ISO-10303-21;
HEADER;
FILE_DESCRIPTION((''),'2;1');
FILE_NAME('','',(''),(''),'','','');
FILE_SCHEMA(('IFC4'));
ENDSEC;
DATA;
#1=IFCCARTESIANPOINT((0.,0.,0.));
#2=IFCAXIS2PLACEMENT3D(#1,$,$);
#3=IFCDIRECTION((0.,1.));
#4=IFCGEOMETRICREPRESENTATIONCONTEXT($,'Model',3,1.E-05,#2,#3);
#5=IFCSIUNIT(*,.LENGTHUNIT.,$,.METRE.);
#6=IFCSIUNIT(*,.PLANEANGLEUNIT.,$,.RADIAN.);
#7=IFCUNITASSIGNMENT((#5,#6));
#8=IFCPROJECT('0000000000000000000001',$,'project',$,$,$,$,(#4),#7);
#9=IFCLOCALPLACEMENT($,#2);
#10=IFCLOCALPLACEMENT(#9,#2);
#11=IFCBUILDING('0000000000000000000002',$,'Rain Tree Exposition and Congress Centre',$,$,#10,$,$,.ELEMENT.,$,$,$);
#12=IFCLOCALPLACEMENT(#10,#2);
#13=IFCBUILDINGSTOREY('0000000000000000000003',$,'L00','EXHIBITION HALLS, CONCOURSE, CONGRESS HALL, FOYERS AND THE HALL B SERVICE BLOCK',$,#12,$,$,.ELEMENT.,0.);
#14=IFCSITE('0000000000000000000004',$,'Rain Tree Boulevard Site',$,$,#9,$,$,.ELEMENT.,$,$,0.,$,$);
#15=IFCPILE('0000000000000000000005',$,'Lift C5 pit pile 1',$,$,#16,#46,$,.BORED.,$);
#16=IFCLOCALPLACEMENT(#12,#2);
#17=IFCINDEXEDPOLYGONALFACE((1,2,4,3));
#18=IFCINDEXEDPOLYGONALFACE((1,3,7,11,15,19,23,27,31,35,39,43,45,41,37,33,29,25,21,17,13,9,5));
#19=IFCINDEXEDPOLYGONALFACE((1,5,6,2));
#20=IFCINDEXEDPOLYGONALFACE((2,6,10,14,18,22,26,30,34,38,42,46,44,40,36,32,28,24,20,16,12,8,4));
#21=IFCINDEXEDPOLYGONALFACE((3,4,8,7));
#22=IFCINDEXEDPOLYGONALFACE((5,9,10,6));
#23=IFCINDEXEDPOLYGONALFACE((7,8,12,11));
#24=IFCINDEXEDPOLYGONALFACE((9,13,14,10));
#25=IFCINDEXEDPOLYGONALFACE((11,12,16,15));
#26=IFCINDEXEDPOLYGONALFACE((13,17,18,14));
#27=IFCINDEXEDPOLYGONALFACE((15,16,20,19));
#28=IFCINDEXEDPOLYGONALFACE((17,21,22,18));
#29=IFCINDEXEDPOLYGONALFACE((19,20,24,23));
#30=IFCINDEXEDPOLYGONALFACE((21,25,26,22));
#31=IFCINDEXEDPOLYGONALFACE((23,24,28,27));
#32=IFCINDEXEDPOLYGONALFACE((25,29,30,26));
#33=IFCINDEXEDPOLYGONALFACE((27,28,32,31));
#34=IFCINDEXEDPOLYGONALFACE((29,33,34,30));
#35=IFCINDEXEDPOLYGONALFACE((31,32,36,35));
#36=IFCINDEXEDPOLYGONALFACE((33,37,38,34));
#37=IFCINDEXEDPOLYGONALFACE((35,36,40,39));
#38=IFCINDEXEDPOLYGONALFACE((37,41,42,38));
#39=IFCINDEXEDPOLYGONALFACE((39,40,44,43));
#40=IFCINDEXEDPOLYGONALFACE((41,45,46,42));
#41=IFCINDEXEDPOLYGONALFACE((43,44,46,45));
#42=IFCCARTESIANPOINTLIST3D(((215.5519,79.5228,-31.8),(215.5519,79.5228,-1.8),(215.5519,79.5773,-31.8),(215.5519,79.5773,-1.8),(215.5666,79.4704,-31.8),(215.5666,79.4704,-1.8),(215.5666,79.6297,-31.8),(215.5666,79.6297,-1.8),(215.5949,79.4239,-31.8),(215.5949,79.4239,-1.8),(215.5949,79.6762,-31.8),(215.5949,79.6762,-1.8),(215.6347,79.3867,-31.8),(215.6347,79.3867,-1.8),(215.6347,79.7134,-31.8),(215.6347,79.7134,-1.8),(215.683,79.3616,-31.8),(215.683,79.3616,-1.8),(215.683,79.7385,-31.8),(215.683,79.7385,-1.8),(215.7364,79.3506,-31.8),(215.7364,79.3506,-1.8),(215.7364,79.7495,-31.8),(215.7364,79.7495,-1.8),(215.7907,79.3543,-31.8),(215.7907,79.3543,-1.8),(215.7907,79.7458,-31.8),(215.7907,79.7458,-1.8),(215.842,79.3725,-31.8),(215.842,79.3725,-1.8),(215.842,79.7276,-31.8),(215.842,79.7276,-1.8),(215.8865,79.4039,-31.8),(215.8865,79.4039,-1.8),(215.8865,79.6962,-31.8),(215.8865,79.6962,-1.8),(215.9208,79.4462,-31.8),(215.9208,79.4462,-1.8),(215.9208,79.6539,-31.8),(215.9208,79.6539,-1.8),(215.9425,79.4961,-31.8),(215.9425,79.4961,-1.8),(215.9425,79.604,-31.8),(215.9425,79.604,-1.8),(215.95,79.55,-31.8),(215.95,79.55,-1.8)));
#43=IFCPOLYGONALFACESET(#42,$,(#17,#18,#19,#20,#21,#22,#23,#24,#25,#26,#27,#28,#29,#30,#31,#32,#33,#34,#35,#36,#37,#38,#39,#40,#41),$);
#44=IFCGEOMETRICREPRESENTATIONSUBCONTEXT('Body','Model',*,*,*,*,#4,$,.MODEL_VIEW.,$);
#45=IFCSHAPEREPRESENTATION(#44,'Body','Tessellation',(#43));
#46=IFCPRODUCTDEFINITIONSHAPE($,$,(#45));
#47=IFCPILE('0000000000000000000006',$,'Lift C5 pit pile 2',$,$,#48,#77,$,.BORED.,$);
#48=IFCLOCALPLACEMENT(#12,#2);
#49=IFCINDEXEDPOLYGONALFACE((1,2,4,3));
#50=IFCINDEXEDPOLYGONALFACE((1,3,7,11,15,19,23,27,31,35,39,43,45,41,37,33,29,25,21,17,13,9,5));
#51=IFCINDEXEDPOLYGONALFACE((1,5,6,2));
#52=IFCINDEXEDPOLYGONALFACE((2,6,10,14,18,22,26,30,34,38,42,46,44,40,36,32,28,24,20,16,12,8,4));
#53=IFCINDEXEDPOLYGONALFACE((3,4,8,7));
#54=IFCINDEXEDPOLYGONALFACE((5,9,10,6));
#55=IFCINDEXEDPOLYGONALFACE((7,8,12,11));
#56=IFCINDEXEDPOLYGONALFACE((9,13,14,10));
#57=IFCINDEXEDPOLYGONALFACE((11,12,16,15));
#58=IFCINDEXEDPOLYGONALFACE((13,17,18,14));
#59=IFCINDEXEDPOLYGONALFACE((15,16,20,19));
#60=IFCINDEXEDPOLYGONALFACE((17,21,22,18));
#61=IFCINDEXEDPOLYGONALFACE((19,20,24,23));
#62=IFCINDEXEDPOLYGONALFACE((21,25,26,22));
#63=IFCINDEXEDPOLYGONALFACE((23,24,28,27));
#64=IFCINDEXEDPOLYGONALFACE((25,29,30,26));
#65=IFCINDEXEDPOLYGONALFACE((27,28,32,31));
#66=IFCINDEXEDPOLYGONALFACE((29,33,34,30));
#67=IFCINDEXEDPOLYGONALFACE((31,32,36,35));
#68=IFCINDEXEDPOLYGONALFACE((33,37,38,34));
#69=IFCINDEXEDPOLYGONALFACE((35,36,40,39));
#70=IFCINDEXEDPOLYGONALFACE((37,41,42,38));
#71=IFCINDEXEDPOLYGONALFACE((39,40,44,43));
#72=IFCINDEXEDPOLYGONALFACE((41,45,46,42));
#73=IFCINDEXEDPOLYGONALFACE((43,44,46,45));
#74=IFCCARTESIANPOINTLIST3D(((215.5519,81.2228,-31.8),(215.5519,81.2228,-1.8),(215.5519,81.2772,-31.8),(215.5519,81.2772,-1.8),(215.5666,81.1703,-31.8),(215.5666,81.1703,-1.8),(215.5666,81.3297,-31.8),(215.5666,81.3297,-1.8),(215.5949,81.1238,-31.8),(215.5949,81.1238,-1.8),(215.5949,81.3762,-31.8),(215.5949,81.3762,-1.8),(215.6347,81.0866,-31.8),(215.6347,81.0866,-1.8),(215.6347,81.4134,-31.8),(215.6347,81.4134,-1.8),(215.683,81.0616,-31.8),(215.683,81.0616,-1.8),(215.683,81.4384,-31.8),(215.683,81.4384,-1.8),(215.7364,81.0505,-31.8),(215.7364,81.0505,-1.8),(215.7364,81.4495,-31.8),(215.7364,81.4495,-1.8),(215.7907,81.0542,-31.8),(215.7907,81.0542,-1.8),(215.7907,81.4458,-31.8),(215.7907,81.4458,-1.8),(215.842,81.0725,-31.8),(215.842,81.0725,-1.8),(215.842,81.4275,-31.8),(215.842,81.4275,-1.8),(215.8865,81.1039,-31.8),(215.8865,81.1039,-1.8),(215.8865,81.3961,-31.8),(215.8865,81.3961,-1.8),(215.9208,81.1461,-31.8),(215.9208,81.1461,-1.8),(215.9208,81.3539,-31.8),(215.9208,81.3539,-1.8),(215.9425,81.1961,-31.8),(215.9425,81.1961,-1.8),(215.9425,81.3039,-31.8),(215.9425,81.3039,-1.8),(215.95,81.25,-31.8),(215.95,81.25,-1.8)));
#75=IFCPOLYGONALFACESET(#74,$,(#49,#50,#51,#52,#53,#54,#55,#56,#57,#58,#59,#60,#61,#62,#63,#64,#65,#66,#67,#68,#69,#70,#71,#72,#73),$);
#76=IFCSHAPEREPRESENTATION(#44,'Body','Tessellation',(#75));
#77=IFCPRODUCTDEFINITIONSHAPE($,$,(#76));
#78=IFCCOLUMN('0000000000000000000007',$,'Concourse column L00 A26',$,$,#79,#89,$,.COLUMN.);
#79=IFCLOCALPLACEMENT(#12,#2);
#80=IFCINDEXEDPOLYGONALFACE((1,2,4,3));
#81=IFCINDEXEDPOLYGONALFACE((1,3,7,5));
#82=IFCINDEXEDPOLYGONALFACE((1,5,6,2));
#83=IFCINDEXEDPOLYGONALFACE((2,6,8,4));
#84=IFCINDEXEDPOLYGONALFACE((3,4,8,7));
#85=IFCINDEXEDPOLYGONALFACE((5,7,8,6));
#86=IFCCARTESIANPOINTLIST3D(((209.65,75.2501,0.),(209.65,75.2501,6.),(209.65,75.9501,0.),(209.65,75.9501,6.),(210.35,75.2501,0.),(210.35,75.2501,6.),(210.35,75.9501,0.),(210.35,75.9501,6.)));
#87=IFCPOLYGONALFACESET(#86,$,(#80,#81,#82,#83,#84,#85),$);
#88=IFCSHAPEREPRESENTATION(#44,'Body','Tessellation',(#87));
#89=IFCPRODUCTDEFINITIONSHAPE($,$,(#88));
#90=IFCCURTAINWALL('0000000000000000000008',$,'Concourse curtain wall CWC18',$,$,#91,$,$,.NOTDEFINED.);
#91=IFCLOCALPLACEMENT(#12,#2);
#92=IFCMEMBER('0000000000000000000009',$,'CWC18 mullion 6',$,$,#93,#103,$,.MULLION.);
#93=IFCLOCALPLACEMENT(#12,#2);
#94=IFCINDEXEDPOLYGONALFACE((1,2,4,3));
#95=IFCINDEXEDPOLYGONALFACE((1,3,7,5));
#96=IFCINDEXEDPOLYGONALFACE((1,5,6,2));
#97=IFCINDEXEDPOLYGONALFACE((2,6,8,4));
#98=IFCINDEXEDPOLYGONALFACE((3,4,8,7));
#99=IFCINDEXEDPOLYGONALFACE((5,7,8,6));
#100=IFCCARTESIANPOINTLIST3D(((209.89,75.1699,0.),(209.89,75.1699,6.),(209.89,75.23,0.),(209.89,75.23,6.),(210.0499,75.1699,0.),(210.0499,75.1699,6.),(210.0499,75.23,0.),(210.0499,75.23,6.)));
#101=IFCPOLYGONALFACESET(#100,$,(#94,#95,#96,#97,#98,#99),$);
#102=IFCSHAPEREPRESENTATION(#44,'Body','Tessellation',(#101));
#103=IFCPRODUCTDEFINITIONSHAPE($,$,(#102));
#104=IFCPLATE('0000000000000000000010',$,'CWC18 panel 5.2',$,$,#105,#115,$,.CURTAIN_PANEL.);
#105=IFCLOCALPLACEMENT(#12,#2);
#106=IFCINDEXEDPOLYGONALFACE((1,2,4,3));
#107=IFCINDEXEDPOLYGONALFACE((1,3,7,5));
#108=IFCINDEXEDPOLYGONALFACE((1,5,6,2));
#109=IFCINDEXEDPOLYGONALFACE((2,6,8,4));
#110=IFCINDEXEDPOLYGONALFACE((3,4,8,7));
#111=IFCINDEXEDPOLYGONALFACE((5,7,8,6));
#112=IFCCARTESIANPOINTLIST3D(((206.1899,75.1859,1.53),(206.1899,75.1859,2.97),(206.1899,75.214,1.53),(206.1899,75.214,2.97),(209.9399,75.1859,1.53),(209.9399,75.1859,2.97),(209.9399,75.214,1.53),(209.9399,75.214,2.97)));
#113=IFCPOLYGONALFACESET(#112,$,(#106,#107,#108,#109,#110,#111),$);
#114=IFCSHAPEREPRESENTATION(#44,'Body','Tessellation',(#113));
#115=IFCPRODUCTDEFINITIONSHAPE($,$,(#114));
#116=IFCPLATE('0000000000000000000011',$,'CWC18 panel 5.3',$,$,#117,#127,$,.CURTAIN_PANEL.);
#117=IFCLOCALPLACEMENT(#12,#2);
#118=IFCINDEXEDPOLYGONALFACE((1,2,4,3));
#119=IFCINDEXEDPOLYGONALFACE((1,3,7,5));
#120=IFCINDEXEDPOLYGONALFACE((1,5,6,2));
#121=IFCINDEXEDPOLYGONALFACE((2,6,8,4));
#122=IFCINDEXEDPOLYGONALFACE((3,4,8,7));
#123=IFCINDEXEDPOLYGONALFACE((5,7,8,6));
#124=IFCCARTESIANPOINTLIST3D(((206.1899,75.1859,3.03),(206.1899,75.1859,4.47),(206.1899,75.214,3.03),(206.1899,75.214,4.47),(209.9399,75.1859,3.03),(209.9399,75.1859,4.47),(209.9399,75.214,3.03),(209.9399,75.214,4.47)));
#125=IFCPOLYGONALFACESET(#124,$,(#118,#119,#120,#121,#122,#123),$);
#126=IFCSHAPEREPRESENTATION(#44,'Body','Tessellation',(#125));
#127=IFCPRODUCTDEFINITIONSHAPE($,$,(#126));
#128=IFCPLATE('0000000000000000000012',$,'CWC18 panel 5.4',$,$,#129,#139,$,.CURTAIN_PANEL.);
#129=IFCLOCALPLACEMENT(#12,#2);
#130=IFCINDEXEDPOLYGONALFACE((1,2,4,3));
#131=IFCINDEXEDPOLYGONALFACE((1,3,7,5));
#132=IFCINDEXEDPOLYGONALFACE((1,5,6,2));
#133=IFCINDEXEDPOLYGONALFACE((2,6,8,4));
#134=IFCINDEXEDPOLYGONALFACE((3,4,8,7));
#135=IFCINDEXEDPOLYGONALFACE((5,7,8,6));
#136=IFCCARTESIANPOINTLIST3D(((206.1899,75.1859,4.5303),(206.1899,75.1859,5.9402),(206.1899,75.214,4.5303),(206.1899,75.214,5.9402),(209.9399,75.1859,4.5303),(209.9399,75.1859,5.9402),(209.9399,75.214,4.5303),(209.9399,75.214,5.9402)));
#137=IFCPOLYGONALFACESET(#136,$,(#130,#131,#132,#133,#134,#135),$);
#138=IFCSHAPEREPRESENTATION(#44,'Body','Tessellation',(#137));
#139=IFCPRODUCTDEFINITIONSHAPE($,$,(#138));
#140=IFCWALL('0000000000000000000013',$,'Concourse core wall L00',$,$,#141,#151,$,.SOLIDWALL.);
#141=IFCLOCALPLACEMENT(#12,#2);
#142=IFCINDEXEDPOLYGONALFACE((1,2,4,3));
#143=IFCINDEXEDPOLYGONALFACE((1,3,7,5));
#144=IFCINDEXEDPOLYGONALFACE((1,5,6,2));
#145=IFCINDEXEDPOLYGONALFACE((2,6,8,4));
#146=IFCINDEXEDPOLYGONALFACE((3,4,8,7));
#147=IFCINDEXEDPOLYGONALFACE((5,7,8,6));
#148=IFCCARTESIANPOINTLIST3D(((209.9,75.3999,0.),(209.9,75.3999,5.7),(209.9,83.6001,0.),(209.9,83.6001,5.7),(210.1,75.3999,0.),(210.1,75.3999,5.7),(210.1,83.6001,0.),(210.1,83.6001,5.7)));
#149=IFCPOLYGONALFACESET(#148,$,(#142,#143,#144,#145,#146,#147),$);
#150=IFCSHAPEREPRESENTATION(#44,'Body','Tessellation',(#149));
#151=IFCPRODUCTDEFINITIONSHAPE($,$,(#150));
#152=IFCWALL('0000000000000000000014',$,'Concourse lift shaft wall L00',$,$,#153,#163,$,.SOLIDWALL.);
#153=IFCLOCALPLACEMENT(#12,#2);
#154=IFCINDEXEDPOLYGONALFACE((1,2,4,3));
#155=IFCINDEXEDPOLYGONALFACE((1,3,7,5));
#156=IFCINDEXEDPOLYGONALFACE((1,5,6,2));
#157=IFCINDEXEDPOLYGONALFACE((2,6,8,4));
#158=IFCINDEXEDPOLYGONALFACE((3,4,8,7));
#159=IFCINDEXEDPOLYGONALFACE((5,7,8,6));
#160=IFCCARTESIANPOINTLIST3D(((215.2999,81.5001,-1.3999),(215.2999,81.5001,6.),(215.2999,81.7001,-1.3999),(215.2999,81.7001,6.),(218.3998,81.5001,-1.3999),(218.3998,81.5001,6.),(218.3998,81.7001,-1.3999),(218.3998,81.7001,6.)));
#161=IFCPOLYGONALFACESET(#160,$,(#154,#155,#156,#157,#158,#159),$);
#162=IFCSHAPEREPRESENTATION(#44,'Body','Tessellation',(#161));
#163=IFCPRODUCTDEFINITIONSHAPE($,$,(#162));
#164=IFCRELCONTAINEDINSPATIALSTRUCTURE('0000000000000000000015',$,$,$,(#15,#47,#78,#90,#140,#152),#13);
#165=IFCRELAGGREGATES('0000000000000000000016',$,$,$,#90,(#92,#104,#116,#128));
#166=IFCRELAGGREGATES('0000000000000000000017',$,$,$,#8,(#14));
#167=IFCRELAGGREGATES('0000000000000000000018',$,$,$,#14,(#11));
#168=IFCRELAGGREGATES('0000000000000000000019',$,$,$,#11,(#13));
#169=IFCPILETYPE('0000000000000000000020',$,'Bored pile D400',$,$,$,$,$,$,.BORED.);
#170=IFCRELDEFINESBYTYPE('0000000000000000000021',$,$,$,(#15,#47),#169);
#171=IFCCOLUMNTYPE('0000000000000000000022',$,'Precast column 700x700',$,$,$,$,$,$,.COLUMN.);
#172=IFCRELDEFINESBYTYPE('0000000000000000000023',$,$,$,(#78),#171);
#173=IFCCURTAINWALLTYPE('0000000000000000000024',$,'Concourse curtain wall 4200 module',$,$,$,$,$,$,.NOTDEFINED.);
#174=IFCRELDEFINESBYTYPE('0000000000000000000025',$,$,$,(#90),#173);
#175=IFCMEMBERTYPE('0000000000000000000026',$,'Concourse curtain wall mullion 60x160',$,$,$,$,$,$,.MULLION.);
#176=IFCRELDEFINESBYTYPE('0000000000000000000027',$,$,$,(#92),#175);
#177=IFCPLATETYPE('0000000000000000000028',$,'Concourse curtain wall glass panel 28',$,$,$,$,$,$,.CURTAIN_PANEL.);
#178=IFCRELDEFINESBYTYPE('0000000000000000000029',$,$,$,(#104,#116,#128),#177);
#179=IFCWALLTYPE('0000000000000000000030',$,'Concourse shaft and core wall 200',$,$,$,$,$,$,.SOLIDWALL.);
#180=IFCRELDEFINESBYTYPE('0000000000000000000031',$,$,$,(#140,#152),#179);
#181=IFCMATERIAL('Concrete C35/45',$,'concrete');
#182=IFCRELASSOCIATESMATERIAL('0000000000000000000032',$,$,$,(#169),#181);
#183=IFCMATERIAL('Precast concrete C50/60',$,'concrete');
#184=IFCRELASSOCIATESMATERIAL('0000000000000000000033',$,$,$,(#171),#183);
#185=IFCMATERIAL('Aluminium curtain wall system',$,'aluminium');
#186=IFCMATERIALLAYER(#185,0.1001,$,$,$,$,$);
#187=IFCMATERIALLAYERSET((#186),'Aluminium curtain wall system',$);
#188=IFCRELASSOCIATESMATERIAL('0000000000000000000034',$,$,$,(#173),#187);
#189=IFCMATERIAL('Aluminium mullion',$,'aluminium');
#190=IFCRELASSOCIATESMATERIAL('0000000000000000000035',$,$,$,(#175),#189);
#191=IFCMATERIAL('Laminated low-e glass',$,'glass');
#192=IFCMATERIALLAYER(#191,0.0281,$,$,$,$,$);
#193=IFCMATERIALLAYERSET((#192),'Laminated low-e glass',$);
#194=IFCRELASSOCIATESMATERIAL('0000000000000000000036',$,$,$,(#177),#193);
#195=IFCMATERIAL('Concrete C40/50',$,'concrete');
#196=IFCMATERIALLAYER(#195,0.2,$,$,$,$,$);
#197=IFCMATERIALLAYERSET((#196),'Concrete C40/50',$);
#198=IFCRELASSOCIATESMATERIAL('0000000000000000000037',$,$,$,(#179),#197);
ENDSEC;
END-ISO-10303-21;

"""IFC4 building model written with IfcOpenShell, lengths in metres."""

from ifc_helpers import new_model, si_unit, direction, frame, frame_2d, origin, origin_2d, place, context, subcontext, project, spatial, rectangle, circle, extrude, material, layer, layer_set, material_profile, profile_set, type_object, element, aggregate, save


model = new_model("IFC4")

# Units and contexts
model_context = context("Model", 3, precision=1e-05, world=origin(), true_north=direction((0.0, 1.0)))
body_context = subcontext(model_context, "Body", "Model", "MODEL_VIEW")
ifc_project = project(units=[si_unit("LENGTHUNIT", "METRE"), si_unit("PLANEANGLEUNIT", "RADIAN")], contexts=[model_context])

# Site, building, storey
site_placement = place(None, origin())
site = spatial("IfcSite", under=ifc_project, at=site_placement, Name="Rain Tree Boulevard Site", CompositionType="ELEMENT", RefElevation=0.0)
building_placement = place(site_placement, origin())
building = spatial("IfcBuilding", under=site, at=building_placement, Name="Rain Tree Exposition and Congress Centre", CompositionType="ELEMENT")
storey_placement = place(building_placement, origin())
storey = spatial("IfcBuildingStorey", under=building, at=storey_placement, Name="L00", Description="EXHIBITION HALLS, CONCOURSE, CONGRESS HALL, FOYERS AND THE HALL B SERVICE BLOCK", CompositionType="ELEMENT", Elevation=0.0)

# Piles
ifc_material_1 = material(Name="Concrete C35/45", Category="concrete")
ifc_material_profile_1 = material_profile(ifc_material_1, circle(Radius=0.2, at=origin_2d()), Name="D400")
ifc_profile_set_1 = profile_set([ifc_material_profile_1], Name="Concrete C35/45")
pile_type = type_object("IfcPileType", Name="Bored pile D400", PredefinedType="BORED", material=ifc_profile_set_1)
for number, where, z_axis, x_axis, name in (
    (1, (215.75, 79.55, -1.8), (0.0, 0.0, -1.0), (1.0, 0.0, 0.0), "Lift C5 pit pile 1"),
    (2, (215.75, 81.25, -1.8), (0.0, 0.0, -1.0), (1.0, 0.0, 0.0), "Lift C5 pit pile 2"),
):
    element("IfcPile", number, at=place(storey_placement, frame(where, z_axis=z_axis, x_axis=x_axis)), inside=storey, type_object=pile_type, Name=name, PredefinedType="BORED", context=body_context, shape_type="SweptSolid", body=[
        extrude(circle(Radius=0.2, at=origin_2d()), origin(), (0.0, 0.0, 1.0), 30.0),
    ])

# Column
ifc_material_2 = material(Name="Precast concrete C50/60", Category="concrete")
ifc_material_profile_2 = material_profile(ifc_material_2, rectangle(XDim=0.7, YDim=0.7, at=origin_2d()), Name="RC 700x700")
ifc_profile_set_2 = profile_set([ifc_material_profile_2], Name="Precast concrete C50/60")
column_type = type_object("IfcColumnType", Name="Precast column 700x700", PredefinedType="COLUMN", material=ifc_profile_set_2)
column_placement = place(storey_placement, frame((210.0, 75.6001, 0.0), z_axis=(0.0, 0.0, 1.0), x_axis=(1.0, 0.0, 0.0)))
element("IfcColumn", 3, at=column_placement, inside=storey, type_object=column_type, Name="Concourse column L00 A26", PredefinedType="COLUMN", context=body_context, shape_type="SweptSolid", body=[
    extrude(rectangle(XDim=0.7, YDim=0.7, at=origin_2d()), origin(), (0.0, 0.0, 1.0), 6.0),
])

# Curtain wall, member, plates
ifc_material_3 = material(Name="Aluminium curtain wall system", Category="aluminium")
ifc_layer_1 = layer(ifc_material_3, 0.1001)
ifc_layer_set_1 = layer_set([ifc_layer_1], Name="Aluminium curtain wall system")
curtain_wall_type = type_object("IfcCurtainWallType", Name="Concourse curtain wall 4200 module", PredefinedType="NOTDEFINED", material=ifc_layer_set_1)
curtain_wall_placement = place(storey_placement, origin())
curtain_wall = element("IfcCurtainWall", 4, at=curtain_wall_placement, inside=storey, type_object=curtain_wall_type, Name="Concourse curtain wall CWC18", PredefinedType="NOTDEFINED")
ifc_material_4 = material(Name="Aluminium mullion", Category="aluminium")
ifc_material_profile_3 = material_profile(ifc_material_4, rectangle(XDim=0.0601, YDim=0.1599, at=origin_2d()), Name="AL 60x160")
ifc_profile_set_3 = profile_set([ifc_material_profile_3], Name="Aluminium mullion")
member_type = type_object("IfcMemberType", Name="Concourse curtain wall mullion 60x160", PredefinedType="MULLION", material=ifc_profile_set_3)
member_placement = place(storey_placement, frame((209.97, 75.2, 0.0), z_axis=(0.0, 0.0, 1.0), x_axis=(0.0, 1.0, 0.0)))
member = element("IfcMember", 5, at=member_placement, type_object=member_type, Name="CWC18 mullion 6", PredefinedType="MULLION", context=body_context, shape_type="SweptSolid", body=[
    extrude(rectangle(XDim=0.0601, YDim=0.1599, at=origin_2d()), origin(), (0.0, 0.0, 1.0), 6.0),
])
ifc_material_5 = material(Name="Laminated low-e glass", Category="glass")
ifc_layer_2 = layer(ifc_material_5, 0.0281)
ifc_layer_set_2 = layer_set([ifc_layer_2], Name="Laminated low-e glass")
plate_type = type_object("IfcPlateType", Name="Concourse curtain wall glass panel 28", PredefinedType="CURTAIN_PANEL", material=ifc_layer_set_2)
plate_1_placement = place(storey_placement, frame((208.0649, 75.2, 1.53), z_axis=(0.0, 0.0, 1.0), x_axis=(1.0, 0.0, 0.0)))
plate_1 = element("IfcPlate", 6, at=plate_1_placement, type_object=plate_type, Name="CWC18 panel 5.2", PredefinedType="CURTAIN_PANEL", context=body_context, shape_type="SweptSolid", body=[
    extrude(rectangle(XDim=3.75, YDim=0.0281, at=origin_2d()), origin(), (0.0, 0.0, 1.0), 1.4399),
])
plate_2_placement = place(storey_placement, frame((208.0649, 75.2, 3.03), z_axis=(0.0, 0.0, 1.0), x_axis=(1.0, 0.0, 0.0)))
plate_2 = element("IfcPlate", 7, at=plate_2_placement, type_object=plate_type, Name="CWC18 panel 5.3", PredefinedType="CURTAIN_PANEL", context=body_context, shape_type="SweptSolid", body=[
    extrude(rectangle(XDim=3.75, YDim=0.0281, at=origin_2d()), origin(), (0.0, 0.0, 1.0), 1.4399),
])
plate_3_placement = place(storey_placement, frame((208.0649, 75.2, 4.5303), z_axis=(0.0, 0.0, 1.0), x_axis=(1.0, 0.0, 0.0)))
plate_3 = element("IfcPlate", 8, at=plate_3_placement, type_object=plate_type, Name="CWC18 panel 5.4", PredefinedType="CURTAIN_PANEL", context=body_context, shape_type="SweptSolid", body=[
    extrude(rectangle(XDim=3.75, YDim=0.0281, at=origin_2d()), origin(), (0.0, 0.0, 1.0), 1.4099),
])
aggregate(curtain_wall, [member, plate_1, plate_2, plate_3])

# Wall
ifc_material_6 = material(Name="Concrete C40/50", Category="concrete")
ifc_layer_3 = layer(ifc_material_6, 0.2)
ifc_layer_set_3 = layer_set([ifc_layer_3], Name="Concrete C40/50")
wall_type = type_object("IfcWallType", Name="Concourse shaft and core wall 200", PredefinedType="SOLIDWALL", material=ifc_layer_set_3)
wall_1_placement = place(storey_placement, frame((210.0, 75.3999, 0.0), z_axis=(0.0, 0.0, 1.0), x_axis=(0.0, 1.0, 0.0)))
element("IfcWall", 9, at=wall_1_placement, inside=storey, type_object=wall_type, Name="Concourse core wall L00", PredefinedType="SOLIDWALL", context=body_context, shape_type="SweptSolid", body=[
    extrude(rectangle(XDim=8.2002, YDim=0.2, at=frame_2d((4.1001, 0.0))), origin(), (0.0, 0.0, 1.0), 5.7),
])

# Wall
wall_2_placement = place(storey_placement, frame((215.3, 81.6001, -1.3999), z_axis=(0.0, 0.0, 1.0), x_axis=(1.0, 0.0, 0.0)))
element("IfcWall", 10, at=wall_2_placement, inside=storey, type_object=wall_type, Name="Concourse lift shaft wall L00", PredefinedType="SOLIDWALL", context=body_context, shape_type="SweptSolid", body=[
    extrude(rectangle(XDim=3.0999, YDim=0.2, at=frame_2d((1.5498, 0.0))), origin(), (0.0, 0.0, 1.0), 7.3999),
])

save(model, "model.ifc")
